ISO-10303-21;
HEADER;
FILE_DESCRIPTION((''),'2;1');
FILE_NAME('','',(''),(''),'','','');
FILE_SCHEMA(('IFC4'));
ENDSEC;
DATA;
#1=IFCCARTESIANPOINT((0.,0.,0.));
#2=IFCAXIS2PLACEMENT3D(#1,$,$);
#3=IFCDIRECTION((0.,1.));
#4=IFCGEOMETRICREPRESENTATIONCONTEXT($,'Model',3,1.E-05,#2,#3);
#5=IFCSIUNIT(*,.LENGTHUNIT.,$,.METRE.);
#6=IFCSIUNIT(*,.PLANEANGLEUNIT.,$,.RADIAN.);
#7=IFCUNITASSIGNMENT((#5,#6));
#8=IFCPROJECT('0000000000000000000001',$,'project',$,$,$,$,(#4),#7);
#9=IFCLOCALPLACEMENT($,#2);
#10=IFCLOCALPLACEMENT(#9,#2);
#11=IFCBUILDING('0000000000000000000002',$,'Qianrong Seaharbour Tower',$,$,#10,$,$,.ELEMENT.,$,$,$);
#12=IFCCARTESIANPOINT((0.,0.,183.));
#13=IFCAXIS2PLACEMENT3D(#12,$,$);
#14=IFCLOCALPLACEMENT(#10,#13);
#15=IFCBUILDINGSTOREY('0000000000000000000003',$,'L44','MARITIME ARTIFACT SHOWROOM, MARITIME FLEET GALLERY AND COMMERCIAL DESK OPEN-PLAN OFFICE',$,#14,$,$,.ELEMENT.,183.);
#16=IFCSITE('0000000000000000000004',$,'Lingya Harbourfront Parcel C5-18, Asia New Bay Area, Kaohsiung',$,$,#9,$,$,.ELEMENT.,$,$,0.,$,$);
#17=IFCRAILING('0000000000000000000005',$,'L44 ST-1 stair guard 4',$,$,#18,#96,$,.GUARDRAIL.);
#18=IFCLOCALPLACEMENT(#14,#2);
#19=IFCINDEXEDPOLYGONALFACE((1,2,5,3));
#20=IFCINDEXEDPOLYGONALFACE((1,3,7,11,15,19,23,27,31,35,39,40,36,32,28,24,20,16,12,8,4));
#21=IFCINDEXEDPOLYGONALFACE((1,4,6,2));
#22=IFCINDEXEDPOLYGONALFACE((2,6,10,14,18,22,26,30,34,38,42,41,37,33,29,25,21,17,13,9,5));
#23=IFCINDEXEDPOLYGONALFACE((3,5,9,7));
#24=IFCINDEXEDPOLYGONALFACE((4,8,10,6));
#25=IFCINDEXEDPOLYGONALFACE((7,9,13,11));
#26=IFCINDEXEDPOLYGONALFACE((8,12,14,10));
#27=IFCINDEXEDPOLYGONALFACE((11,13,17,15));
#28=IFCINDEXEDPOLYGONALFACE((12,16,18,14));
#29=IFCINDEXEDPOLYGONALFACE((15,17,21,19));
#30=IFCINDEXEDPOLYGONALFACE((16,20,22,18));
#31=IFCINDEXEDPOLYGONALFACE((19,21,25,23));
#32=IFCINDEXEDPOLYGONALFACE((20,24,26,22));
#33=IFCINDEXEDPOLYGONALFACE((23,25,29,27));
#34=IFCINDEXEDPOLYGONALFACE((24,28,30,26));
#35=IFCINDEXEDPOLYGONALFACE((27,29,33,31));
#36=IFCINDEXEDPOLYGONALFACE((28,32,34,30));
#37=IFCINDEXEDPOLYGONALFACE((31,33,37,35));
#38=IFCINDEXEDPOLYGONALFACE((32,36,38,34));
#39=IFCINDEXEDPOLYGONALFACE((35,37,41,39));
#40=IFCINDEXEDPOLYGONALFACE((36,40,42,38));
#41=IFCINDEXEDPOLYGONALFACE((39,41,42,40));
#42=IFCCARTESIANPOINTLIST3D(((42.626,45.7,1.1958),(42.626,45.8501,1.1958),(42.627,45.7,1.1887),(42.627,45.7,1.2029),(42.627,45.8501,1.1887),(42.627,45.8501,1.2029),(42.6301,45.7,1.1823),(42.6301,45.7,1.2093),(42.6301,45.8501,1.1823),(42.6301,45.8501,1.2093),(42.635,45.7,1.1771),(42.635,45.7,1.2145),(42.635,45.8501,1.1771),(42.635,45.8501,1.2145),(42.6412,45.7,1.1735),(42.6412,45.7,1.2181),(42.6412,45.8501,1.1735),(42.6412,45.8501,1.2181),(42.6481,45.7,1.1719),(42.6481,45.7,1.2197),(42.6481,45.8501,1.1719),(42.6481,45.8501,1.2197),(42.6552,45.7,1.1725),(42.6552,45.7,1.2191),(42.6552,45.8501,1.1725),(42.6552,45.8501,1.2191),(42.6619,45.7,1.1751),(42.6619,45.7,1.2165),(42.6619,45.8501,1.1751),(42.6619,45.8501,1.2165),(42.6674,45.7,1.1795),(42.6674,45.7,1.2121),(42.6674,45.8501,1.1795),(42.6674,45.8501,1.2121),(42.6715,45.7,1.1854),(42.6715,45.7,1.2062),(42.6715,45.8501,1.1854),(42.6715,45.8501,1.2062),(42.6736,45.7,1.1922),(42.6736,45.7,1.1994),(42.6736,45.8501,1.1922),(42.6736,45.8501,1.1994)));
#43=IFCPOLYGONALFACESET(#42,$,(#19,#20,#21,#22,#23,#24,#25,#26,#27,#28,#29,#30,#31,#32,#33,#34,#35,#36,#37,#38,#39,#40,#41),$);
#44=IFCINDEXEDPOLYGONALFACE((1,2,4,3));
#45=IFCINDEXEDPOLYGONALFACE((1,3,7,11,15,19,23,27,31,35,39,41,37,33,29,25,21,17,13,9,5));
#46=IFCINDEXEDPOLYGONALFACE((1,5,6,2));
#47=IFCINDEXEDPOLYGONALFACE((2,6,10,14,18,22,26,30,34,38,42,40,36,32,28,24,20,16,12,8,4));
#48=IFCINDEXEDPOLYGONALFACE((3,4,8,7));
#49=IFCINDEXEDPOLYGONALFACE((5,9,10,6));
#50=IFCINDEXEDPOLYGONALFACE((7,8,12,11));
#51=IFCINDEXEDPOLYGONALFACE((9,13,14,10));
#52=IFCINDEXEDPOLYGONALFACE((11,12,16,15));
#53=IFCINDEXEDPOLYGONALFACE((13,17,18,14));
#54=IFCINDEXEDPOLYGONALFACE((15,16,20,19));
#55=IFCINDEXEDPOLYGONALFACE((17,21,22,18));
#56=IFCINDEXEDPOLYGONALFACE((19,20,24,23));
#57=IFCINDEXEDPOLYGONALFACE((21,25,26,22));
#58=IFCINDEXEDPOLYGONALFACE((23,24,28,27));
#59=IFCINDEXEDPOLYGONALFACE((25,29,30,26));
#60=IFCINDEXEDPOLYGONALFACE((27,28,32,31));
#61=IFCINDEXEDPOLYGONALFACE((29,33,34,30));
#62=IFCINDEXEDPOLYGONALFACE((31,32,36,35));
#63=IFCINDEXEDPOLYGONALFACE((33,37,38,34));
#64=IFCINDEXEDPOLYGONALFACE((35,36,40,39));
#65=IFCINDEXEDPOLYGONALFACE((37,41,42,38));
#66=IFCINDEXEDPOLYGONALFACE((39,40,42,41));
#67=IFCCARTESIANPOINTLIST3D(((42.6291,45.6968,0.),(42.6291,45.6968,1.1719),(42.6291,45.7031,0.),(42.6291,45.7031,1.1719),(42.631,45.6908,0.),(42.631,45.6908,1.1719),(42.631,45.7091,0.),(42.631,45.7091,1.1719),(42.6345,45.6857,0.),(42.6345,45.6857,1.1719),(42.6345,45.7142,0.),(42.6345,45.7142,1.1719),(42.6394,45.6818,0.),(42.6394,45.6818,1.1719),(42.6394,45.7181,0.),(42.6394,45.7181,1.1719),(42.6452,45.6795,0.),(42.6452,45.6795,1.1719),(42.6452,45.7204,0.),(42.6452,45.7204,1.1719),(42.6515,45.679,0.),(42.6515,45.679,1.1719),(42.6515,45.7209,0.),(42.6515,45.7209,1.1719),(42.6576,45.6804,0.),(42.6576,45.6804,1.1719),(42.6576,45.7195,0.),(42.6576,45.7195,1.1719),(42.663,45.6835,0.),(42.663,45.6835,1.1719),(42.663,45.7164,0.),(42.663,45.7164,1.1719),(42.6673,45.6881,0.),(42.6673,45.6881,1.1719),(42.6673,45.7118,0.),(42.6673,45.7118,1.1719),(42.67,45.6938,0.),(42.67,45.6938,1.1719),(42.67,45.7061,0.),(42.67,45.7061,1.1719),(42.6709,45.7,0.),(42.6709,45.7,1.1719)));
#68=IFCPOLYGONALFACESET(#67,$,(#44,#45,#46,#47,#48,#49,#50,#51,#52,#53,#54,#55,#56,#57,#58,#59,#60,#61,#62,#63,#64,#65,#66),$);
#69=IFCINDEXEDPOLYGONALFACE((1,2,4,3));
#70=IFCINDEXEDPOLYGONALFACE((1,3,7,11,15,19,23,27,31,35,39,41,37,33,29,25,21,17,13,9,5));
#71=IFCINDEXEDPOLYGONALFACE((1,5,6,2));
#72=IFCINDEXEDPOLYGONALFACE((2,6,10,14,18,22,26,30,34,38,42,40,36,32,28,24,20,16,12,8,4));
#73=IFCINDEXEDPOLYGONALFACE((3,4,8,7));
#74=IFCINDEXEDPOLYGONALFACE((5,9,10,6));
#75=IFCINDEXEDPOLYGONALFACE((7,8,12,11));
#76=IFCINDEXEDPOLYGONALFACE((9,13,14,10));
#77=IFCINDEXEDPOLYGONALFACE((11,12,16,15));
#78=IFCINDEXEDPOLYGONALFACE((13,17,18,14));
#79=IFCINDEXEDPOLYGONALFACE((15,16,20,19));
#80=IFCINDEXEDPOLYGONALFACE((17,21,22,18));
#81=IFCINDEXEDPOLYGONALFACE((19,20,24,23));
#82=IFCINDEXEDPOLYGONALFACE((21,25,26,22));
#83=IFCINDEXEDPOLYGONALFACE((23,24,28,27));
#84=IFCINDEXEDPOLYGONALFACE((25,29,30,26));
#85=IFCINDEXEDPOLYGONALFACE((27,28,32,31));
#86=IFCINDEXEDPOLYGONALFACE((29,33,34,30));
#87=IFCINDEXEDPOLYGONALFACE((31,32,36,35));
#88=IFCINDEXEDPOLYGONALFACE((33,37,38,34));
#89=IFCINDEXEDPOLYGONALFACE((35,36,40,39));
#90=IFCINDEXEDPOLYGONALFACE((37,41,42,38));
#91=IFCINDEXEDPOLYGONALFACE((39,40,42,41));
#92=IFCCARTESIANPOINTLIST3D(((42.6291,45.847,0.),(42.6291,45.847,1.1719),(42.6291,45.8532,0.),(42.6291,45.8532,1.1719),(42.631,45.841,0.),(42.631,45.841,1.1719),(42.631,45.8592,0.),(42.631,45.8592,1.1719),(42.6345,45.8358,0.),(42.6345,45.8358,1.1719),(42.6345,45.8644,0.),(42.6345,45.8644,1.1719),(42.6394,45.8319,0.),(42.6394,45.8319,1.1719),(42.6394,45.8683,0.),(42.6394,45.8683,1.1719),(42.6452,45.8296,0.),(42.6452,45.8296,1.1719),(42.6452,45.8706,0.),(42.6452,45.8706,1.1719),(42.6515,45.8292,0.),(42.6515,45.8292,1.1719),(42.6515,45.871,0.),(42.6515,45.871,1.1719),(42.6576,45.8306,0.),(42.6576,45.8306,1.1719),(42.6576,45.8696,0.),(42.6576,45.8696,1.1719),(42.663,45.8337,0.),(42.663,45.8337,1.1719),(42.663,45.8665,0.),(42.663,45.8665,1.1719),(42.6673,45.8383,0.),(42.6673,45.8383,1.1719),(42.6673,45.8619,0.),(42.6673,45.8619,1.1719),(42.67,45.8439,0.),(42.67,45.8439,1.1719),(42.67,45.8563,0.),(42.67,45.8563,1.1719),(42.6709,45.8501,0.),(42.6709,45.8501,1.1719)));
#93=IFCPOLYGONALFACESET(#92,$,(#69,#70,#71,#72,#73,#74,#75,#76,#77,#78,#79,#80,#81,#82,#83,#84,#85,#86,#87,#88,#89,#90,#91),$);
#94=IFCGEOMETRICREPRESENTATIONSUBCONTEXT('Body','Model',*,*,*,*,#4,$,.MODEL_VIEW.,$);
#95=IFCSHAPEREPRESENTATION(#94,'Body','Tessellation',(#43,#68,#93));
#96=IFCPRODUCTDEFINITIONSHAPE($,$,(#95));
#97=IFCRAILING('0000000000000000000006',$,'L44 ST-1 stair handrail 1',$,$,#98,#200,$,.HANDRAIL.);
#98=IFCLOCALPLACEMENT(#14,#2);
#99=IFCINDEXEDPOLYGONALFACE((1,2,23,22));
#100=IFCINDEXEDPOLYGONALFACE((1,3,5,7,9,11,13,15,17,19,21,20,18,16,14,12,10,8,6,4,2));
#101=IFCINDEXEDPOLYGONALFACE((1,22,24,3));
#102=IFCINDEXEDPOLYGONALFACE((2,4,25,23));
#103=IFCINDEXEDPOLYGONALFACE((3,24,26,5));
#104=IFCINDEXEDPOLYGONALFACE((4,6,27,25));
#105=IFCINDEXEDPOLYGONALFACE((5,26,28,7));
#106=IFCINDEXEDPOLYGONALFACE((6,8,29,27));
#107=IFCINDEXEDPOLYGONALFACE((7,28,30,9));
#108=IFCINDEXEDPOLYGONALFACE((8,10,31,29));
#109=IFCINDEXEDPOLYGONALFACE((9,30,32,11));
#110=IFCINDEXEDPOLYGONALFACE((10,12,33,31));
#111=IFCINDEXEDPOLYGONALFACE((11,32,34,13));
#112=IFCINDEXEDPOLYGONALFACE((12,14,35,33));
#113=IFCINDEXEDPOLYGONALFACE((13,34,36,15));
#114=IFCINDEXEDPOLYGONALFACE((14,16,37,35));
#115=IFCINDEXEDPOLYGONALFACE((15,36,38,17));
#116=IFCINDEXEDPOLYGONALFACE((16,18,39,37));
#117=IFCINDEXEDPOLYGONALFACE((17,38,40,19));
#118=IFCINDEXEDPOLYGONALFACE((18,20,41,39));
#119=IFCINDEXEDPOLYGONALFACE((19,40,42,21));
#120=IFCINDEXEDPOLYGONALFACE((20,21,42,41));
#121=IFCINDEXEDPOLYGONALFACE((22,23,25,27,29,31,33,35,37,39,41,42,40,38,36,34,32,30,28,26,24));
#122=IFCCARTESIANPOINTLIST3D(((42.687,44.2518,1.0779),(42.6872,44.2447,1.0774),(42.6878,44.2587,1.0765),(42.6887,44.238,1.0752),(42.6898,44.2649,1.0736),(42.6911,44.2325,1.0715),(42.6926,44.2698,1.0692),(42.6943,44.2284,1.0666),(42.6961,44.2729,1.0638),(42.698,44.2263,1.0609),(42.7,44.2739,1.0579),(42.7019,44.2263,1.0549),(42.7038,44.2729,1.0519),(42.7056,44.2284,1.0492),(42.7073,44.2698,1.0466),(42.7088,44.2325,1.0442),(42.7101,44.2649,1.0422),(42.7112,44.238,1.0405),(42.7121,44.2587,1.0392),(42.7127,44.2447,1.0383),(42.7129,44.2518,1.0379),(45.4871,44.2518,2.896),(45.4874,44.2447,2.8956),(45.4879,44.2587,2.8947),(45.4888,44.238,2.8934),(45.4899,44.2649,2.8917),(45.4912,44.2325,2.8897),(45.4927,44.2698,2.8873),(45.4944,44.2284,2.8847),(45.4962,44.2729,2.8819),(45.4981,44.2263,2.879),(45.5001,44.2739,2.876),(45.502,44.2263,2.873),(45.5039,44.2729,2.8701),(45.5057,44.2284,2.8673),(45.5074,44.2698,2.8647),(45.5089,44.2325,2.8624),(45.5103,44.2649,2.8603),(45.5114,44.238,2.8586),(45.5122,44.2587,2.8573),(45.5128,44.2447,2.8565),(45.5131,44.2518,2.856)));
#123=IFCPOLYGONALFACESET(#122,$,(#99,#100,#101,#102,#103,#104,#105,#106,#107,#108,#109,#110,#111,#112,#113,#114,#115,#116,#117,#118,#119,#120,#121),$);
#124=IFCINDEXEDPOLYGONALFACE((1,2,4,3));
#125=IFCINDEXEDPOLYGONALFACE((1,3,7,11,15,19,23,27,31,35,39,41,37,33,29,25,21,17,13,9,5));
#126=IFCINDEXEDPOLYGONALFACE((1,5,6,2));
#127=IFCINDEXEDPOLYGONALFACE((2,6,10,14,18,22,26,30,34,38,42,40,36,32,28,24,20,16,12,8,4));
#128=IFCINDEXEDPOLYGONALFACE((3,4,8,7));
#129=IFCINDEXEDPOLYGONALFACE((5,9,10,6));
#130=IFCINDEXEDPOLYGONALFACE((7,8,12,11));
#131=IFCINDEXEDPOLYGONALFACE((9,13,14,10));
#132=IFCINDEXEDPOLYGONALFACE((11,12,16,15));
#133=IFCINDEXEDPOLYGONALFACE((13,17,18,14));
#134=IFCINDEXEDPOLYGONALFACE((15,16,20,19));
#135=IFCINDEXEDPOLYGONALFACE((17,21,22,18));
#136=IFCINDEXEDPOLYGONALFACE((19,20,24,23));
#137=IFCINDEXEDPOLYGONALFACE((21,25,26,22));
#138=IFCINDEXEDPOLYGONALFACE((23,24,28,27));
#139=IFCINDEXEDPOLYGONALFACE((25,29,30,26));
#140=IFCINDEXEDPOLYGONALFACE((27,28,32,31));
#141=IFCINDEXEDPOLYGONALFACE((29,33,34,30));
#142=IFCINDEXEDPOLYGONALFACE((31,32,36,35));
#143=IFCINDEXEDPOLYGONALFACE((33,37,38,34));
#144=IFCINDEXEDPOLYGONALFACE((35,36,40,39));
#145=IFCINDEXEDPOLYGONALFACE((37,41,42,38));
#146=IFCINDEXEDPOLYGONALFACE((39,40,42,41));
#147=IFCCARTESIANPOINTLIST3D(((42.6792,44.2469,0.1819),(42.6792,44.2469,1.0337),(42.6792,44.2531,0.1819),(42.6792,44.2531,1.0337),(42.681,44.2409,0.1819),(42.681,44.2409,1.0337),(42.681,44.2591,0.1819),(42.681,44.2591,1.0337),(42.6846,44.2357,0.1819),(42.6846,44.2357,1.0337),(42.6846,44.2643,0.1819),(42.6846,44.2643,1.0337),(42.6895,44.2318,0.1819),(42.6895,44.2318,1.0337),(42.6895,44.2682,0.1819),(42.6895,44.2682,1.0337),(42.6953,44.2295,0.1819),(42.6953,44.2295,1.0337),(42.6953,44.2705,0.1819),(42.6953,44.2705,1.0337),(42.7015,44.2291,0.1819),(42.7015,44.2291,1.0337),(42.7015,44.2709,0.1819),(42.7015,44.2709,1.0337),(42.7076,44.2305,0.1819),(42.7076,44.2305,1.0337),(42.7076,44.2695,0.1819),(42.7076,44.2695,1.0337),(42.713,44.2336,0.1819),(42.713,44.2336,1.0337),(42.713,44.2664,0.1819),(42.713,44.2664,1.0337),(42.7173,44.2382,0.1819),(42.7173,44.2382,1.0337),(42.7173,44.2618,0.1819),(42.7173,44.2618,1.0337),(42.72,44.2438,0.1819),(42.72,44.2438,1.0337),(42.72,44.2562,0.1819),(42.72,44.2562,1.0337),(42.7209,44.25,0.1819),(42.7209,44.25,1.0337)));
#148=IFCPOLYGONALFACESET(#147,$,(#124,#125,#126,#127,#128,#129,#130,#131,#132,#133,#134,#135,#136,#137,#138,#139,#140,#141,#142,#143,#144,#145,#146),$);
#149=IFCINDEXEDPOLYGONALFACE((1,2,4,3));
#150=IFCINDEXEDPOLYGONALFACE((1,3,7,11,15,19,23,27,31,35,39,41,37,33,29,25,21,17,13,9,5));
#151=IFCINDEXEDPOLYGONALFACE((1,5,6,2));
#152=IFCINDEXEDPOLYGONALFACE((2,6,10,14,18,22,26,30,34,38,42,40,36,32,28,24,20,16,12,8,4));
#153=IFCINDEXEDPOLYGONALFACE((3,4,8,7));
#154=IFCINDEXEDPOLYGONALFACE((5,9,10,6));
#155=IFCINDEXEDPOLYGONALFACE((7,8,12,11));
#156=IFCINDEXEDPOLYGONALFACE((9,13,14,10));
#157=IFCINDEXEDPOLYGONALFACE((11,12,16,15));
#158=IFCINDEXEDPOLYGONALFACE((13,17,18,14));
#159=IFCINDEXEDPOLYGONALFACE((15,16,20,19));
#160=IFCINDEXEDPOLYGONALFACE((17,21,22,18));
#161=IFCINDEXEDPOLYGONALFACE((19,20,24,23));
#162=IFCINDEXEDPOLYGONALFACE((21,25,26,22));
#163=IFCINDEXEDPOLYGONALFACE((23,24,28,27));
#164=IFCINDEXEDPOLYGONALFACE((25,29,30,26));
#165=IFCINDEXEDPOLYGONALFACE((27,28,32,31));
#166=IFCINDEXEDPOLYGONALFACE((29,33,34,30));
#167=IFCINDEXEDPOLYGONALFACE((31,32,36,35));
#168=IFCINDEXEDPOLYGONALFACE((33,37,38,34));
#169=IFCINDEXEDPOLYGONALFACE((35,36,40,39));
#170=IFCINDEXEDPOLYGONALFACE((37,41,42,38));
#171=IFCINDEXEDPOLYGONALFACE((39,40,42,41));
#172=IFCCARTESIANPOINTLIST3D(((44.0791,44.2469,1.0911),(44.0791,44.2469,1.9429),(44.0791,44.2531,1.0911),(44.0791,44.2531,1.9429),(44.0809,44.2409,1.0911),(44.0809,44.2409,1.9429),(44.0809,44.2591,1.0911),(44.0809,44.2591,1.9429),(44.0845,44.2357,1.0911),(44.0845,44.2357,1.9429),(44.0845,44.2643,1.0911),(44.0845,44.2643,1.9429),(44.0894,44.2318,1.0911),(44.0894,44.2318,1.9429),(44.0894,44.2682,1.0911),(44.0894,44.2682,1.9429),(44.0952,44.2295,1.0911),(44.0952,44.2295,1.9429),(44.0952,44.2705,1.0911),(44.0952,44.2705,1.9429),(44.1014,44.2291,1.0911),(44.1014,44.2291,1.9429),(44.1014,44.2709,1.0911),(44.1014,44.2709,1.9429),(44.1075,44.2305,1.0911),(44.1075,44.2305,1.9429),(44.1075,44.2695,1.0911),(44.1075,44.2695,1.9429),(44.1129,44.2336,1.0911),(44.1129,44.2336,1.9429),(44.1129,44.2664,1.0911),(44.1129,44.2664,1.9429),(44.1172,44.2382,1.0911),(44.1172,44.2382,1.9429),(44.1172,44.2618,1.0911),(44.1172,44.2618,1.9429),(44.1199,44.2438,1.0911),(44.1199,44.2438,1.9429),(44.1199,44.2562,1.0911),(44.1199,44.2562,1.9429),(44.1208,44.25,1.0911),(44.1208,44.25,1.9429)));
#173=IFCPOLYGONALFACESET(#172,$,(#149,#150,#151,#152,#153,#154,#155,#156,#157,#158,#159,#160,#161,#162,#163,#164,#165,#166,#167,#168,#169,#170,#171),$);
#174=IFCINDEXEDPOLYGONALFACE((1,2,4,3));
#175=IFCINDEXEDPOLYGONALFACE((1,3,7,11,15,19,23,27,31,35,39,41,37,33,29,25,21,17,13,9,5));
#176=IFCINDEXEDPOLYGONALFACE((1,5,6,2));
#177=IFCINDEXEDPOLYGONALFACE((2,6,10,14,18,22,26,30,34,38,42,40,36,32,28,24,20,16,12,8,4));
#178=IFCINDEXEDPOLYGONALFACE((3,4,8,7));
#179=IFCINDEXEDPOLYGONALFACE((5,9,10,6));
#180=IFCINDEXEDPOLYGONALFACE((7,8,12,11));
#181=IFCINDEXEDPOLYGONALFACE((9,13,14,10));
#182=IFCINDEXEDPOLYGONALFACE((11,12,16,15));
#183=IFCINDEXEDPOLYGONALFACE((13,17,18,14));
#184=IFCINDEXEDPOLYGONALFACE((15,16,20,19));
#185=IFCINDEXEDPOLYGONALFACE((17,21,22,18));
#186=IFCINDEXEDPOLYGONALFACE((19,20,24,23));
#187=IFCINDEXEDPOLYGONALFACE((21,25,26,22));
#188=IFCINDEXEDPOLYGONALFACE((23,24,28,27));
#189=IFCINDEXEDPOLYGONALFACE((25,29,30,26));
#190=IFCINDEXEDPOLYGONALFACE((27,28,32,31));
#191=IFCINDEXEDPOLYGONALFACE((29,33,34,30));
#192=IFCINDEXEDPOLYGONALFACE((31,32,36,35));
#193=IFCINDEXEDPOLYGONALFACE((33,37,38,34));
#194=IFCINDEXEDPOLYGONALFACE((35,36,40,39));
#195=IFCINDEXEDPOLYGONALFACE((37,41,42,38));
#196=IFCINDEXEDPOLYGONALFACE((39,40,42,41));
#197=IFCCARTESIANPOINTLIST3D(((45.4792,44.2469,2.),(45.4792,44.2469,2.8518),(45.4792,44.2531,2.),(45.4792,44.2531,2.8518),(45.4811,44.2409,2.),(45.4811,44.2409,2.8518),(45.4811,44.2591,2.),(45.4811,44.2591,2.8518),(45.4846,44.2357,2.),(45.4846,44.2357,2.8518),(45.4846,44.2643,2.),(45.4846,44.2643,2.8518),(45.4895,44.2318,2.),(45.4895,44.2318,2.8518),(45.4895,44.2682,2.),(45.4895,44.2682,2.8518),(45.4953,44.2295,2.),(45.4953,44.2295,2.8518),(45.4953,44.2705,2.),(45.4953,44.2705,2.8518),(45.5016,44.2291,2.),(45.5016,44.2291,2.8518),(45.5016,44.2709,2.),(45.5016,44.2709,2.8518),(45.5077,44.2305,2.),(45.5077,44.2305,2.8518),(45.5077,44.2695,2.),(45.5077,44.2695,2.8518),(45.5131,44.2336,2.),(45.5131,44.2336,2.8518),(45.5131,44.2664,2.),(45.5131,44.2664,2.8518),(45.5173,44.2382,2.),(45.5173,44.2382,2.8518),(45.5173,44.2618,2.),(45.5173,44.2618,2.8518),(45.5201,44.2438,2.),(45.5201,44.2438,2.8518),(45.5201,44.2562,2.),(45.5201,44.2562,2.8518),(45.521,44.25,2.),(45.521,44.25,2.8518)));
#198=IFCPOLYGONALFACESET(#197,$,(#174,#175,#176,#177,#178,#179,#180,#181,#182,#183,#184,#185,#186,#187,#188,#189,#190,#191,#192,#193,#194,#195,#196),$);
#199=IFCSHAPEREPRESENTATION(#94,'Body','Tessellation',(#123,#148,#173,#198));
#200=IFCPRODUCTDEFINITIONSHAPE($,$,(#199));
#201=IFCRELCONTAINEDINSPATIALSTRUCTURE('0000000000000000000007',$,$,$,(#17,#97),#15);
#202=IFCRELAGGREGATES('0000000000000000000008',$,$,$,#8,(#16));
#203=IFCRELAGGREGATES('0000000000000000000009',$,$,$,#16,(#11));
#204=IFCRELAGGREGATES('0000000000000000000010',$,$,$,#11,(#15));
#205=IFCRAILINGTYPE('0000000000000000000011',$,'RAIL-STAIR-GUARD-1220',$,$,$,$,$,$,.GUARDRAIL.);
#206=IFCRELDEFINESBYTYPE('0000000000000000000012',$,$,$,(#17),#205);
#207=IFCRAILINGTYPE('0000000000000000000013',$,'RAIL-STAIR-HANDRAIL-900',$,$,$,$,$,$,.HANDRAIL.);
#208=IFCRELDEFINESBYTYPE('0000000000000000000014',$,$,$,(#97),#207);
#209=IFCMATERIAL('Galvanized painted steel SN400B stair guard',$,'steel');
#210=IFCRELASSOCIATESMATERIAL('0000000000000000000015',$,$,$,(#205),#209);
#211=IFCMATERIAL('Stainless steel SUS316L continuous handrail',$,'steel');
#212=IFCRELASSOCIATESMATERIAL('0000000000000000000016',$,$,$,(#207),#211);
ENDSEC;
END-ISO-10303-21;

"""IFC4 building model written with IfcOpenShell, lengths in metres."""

from ifc_helpers import new_model, si_unit, direction, frame, origin, origin_2d, place, context, subcontext, project, spatial, circle, extrude, material, type_object, element, save


model = new_model("IFC4")

# Units and contexts
model_context = context("Model", 3, precision=1e-05, world=origin(), true_north=direction((0.0, 1.0)))
body_context = subcontext(model_context, "Body", "Model", "MODEL_VIEW")
ifc_project = project(units=[si_unit("LENGTHUNIT", "METRE"), si_unit("PLANEANGLEUNIT", "RADIAN")], contexts=[model_context])

# Site, building, storey
site_placement = place(None, origin())
site = spatial("IfcSite", under=ifc_project, at=site_placement, Name="Lingya Harbourfront Parcel C5-18, Asia New Bay Area, Kaohsiung", CompositionType="ELEMENT", RefElevation=0.0)
building_placement = place(site_placement, origin())
building = spatial("IfcBuilding", under=site, at=building_placement, Name="Qianrong Seaharbour Tower", CompositionType="ELEMENT")
storey_placement = place(building_placement, frame((0.0, 0.0, 183.0)))
storey = spatial("IfcBuildingStorey", under=building, at=storey_placement, Name="L44", Description="MARITIME ARTIFACT SHOWROOM, MARITIME FLEET GALLERY AND COMMERCIAL DESK OPEN-PLAN OFFICE", CompositionType="ELEMENT", Elevation=183.0)

# Railings
ifc_material_1 = material(Name="Galvanized painted steel SN400B stair guard", Category="steel")
railing_type_1 = type_object("IfcRailingType", Name="RAIL-STAIR-GUARD-1220", PredefinedType="GUARDRAIL", material=ifc_material_1)
railing_1_placement = place(storey_placement, frame((42.6499, 45.7, 0.0)))
element("IfcRailing", 1, at=railing_1_placement, inside=storey, type_object=railing_type_1, Name="L44 ST-1 stair guard 4", PredefinedType="GUARDRAIL", context=body_context, shape_type="SweptSolid", body=[
    extrude(circle(Radius=0.0239, at=origin_2d()), frame((0.0, 0.0, 1.1958), z_axis=(0.0, 1.0, 0.0), x_axis=(-1.0, 0.0, 0.0)), (0.0, 0.0, 1.0), 0.1501),
    extrude(circle(Radius=0.021, at=origin_2d()), origin(), (0.0, 0.0, 1.0), 1.1719),
    extrude(circle(Radius=0.021, at=origin_2d()), frame((0.0, 0.1501, 0.0)), (0.0, 0.0, 1.0), 1.1719),
])
ifc_material_2 = material(Name="Stainless steel SUS316L continuous handrail", Category="steel")
railing_type_2 = type_object("IfcRailingType", Name="RAIL-STAIR-HANDRAIL-900", PredefinedType="HANDRAIL", material=ifc_material_2)
railing_2_placement = place(storey_placement, frame((42.7, 44.25, 0.1819)))
element("IfcRailing", 2, at=railing_2_placement, inside=storey, type_object=railing_type_2, Name="L44 ST-1 stair handrail 1", PredefinedType="HANDRAIL", context=body_context, shape_type="SweptSolid", body=[
    extrude(circle(Radius=0.0239, at=origin_2d()), frame((0.0, 0.0, 0.876), z_axis=(0.838706, 0.0, 0.544585), x_axis=(0.0, 1.0, 0.0)), (0.0, 0.0, 1.0), 3.3386),
    extrude(circle(Radius=0.021, at=origin_2d()), origin(), (0.0, 0.0, 1.0), 0.8518),
    extrude(circle(Radius=0.021, at=origin_2d()), frame((1.3999, 0.0, 0.9092)), (0.0, 0.0, 1.0), 0.8518),
    extrude(circle(Radius=0.021, at=origin_2d()), frame((2.8, 0.0, 1.8181)), (0.0, 0.0, 1.0), 0.8518),
])

save(model, "model.ifc")
